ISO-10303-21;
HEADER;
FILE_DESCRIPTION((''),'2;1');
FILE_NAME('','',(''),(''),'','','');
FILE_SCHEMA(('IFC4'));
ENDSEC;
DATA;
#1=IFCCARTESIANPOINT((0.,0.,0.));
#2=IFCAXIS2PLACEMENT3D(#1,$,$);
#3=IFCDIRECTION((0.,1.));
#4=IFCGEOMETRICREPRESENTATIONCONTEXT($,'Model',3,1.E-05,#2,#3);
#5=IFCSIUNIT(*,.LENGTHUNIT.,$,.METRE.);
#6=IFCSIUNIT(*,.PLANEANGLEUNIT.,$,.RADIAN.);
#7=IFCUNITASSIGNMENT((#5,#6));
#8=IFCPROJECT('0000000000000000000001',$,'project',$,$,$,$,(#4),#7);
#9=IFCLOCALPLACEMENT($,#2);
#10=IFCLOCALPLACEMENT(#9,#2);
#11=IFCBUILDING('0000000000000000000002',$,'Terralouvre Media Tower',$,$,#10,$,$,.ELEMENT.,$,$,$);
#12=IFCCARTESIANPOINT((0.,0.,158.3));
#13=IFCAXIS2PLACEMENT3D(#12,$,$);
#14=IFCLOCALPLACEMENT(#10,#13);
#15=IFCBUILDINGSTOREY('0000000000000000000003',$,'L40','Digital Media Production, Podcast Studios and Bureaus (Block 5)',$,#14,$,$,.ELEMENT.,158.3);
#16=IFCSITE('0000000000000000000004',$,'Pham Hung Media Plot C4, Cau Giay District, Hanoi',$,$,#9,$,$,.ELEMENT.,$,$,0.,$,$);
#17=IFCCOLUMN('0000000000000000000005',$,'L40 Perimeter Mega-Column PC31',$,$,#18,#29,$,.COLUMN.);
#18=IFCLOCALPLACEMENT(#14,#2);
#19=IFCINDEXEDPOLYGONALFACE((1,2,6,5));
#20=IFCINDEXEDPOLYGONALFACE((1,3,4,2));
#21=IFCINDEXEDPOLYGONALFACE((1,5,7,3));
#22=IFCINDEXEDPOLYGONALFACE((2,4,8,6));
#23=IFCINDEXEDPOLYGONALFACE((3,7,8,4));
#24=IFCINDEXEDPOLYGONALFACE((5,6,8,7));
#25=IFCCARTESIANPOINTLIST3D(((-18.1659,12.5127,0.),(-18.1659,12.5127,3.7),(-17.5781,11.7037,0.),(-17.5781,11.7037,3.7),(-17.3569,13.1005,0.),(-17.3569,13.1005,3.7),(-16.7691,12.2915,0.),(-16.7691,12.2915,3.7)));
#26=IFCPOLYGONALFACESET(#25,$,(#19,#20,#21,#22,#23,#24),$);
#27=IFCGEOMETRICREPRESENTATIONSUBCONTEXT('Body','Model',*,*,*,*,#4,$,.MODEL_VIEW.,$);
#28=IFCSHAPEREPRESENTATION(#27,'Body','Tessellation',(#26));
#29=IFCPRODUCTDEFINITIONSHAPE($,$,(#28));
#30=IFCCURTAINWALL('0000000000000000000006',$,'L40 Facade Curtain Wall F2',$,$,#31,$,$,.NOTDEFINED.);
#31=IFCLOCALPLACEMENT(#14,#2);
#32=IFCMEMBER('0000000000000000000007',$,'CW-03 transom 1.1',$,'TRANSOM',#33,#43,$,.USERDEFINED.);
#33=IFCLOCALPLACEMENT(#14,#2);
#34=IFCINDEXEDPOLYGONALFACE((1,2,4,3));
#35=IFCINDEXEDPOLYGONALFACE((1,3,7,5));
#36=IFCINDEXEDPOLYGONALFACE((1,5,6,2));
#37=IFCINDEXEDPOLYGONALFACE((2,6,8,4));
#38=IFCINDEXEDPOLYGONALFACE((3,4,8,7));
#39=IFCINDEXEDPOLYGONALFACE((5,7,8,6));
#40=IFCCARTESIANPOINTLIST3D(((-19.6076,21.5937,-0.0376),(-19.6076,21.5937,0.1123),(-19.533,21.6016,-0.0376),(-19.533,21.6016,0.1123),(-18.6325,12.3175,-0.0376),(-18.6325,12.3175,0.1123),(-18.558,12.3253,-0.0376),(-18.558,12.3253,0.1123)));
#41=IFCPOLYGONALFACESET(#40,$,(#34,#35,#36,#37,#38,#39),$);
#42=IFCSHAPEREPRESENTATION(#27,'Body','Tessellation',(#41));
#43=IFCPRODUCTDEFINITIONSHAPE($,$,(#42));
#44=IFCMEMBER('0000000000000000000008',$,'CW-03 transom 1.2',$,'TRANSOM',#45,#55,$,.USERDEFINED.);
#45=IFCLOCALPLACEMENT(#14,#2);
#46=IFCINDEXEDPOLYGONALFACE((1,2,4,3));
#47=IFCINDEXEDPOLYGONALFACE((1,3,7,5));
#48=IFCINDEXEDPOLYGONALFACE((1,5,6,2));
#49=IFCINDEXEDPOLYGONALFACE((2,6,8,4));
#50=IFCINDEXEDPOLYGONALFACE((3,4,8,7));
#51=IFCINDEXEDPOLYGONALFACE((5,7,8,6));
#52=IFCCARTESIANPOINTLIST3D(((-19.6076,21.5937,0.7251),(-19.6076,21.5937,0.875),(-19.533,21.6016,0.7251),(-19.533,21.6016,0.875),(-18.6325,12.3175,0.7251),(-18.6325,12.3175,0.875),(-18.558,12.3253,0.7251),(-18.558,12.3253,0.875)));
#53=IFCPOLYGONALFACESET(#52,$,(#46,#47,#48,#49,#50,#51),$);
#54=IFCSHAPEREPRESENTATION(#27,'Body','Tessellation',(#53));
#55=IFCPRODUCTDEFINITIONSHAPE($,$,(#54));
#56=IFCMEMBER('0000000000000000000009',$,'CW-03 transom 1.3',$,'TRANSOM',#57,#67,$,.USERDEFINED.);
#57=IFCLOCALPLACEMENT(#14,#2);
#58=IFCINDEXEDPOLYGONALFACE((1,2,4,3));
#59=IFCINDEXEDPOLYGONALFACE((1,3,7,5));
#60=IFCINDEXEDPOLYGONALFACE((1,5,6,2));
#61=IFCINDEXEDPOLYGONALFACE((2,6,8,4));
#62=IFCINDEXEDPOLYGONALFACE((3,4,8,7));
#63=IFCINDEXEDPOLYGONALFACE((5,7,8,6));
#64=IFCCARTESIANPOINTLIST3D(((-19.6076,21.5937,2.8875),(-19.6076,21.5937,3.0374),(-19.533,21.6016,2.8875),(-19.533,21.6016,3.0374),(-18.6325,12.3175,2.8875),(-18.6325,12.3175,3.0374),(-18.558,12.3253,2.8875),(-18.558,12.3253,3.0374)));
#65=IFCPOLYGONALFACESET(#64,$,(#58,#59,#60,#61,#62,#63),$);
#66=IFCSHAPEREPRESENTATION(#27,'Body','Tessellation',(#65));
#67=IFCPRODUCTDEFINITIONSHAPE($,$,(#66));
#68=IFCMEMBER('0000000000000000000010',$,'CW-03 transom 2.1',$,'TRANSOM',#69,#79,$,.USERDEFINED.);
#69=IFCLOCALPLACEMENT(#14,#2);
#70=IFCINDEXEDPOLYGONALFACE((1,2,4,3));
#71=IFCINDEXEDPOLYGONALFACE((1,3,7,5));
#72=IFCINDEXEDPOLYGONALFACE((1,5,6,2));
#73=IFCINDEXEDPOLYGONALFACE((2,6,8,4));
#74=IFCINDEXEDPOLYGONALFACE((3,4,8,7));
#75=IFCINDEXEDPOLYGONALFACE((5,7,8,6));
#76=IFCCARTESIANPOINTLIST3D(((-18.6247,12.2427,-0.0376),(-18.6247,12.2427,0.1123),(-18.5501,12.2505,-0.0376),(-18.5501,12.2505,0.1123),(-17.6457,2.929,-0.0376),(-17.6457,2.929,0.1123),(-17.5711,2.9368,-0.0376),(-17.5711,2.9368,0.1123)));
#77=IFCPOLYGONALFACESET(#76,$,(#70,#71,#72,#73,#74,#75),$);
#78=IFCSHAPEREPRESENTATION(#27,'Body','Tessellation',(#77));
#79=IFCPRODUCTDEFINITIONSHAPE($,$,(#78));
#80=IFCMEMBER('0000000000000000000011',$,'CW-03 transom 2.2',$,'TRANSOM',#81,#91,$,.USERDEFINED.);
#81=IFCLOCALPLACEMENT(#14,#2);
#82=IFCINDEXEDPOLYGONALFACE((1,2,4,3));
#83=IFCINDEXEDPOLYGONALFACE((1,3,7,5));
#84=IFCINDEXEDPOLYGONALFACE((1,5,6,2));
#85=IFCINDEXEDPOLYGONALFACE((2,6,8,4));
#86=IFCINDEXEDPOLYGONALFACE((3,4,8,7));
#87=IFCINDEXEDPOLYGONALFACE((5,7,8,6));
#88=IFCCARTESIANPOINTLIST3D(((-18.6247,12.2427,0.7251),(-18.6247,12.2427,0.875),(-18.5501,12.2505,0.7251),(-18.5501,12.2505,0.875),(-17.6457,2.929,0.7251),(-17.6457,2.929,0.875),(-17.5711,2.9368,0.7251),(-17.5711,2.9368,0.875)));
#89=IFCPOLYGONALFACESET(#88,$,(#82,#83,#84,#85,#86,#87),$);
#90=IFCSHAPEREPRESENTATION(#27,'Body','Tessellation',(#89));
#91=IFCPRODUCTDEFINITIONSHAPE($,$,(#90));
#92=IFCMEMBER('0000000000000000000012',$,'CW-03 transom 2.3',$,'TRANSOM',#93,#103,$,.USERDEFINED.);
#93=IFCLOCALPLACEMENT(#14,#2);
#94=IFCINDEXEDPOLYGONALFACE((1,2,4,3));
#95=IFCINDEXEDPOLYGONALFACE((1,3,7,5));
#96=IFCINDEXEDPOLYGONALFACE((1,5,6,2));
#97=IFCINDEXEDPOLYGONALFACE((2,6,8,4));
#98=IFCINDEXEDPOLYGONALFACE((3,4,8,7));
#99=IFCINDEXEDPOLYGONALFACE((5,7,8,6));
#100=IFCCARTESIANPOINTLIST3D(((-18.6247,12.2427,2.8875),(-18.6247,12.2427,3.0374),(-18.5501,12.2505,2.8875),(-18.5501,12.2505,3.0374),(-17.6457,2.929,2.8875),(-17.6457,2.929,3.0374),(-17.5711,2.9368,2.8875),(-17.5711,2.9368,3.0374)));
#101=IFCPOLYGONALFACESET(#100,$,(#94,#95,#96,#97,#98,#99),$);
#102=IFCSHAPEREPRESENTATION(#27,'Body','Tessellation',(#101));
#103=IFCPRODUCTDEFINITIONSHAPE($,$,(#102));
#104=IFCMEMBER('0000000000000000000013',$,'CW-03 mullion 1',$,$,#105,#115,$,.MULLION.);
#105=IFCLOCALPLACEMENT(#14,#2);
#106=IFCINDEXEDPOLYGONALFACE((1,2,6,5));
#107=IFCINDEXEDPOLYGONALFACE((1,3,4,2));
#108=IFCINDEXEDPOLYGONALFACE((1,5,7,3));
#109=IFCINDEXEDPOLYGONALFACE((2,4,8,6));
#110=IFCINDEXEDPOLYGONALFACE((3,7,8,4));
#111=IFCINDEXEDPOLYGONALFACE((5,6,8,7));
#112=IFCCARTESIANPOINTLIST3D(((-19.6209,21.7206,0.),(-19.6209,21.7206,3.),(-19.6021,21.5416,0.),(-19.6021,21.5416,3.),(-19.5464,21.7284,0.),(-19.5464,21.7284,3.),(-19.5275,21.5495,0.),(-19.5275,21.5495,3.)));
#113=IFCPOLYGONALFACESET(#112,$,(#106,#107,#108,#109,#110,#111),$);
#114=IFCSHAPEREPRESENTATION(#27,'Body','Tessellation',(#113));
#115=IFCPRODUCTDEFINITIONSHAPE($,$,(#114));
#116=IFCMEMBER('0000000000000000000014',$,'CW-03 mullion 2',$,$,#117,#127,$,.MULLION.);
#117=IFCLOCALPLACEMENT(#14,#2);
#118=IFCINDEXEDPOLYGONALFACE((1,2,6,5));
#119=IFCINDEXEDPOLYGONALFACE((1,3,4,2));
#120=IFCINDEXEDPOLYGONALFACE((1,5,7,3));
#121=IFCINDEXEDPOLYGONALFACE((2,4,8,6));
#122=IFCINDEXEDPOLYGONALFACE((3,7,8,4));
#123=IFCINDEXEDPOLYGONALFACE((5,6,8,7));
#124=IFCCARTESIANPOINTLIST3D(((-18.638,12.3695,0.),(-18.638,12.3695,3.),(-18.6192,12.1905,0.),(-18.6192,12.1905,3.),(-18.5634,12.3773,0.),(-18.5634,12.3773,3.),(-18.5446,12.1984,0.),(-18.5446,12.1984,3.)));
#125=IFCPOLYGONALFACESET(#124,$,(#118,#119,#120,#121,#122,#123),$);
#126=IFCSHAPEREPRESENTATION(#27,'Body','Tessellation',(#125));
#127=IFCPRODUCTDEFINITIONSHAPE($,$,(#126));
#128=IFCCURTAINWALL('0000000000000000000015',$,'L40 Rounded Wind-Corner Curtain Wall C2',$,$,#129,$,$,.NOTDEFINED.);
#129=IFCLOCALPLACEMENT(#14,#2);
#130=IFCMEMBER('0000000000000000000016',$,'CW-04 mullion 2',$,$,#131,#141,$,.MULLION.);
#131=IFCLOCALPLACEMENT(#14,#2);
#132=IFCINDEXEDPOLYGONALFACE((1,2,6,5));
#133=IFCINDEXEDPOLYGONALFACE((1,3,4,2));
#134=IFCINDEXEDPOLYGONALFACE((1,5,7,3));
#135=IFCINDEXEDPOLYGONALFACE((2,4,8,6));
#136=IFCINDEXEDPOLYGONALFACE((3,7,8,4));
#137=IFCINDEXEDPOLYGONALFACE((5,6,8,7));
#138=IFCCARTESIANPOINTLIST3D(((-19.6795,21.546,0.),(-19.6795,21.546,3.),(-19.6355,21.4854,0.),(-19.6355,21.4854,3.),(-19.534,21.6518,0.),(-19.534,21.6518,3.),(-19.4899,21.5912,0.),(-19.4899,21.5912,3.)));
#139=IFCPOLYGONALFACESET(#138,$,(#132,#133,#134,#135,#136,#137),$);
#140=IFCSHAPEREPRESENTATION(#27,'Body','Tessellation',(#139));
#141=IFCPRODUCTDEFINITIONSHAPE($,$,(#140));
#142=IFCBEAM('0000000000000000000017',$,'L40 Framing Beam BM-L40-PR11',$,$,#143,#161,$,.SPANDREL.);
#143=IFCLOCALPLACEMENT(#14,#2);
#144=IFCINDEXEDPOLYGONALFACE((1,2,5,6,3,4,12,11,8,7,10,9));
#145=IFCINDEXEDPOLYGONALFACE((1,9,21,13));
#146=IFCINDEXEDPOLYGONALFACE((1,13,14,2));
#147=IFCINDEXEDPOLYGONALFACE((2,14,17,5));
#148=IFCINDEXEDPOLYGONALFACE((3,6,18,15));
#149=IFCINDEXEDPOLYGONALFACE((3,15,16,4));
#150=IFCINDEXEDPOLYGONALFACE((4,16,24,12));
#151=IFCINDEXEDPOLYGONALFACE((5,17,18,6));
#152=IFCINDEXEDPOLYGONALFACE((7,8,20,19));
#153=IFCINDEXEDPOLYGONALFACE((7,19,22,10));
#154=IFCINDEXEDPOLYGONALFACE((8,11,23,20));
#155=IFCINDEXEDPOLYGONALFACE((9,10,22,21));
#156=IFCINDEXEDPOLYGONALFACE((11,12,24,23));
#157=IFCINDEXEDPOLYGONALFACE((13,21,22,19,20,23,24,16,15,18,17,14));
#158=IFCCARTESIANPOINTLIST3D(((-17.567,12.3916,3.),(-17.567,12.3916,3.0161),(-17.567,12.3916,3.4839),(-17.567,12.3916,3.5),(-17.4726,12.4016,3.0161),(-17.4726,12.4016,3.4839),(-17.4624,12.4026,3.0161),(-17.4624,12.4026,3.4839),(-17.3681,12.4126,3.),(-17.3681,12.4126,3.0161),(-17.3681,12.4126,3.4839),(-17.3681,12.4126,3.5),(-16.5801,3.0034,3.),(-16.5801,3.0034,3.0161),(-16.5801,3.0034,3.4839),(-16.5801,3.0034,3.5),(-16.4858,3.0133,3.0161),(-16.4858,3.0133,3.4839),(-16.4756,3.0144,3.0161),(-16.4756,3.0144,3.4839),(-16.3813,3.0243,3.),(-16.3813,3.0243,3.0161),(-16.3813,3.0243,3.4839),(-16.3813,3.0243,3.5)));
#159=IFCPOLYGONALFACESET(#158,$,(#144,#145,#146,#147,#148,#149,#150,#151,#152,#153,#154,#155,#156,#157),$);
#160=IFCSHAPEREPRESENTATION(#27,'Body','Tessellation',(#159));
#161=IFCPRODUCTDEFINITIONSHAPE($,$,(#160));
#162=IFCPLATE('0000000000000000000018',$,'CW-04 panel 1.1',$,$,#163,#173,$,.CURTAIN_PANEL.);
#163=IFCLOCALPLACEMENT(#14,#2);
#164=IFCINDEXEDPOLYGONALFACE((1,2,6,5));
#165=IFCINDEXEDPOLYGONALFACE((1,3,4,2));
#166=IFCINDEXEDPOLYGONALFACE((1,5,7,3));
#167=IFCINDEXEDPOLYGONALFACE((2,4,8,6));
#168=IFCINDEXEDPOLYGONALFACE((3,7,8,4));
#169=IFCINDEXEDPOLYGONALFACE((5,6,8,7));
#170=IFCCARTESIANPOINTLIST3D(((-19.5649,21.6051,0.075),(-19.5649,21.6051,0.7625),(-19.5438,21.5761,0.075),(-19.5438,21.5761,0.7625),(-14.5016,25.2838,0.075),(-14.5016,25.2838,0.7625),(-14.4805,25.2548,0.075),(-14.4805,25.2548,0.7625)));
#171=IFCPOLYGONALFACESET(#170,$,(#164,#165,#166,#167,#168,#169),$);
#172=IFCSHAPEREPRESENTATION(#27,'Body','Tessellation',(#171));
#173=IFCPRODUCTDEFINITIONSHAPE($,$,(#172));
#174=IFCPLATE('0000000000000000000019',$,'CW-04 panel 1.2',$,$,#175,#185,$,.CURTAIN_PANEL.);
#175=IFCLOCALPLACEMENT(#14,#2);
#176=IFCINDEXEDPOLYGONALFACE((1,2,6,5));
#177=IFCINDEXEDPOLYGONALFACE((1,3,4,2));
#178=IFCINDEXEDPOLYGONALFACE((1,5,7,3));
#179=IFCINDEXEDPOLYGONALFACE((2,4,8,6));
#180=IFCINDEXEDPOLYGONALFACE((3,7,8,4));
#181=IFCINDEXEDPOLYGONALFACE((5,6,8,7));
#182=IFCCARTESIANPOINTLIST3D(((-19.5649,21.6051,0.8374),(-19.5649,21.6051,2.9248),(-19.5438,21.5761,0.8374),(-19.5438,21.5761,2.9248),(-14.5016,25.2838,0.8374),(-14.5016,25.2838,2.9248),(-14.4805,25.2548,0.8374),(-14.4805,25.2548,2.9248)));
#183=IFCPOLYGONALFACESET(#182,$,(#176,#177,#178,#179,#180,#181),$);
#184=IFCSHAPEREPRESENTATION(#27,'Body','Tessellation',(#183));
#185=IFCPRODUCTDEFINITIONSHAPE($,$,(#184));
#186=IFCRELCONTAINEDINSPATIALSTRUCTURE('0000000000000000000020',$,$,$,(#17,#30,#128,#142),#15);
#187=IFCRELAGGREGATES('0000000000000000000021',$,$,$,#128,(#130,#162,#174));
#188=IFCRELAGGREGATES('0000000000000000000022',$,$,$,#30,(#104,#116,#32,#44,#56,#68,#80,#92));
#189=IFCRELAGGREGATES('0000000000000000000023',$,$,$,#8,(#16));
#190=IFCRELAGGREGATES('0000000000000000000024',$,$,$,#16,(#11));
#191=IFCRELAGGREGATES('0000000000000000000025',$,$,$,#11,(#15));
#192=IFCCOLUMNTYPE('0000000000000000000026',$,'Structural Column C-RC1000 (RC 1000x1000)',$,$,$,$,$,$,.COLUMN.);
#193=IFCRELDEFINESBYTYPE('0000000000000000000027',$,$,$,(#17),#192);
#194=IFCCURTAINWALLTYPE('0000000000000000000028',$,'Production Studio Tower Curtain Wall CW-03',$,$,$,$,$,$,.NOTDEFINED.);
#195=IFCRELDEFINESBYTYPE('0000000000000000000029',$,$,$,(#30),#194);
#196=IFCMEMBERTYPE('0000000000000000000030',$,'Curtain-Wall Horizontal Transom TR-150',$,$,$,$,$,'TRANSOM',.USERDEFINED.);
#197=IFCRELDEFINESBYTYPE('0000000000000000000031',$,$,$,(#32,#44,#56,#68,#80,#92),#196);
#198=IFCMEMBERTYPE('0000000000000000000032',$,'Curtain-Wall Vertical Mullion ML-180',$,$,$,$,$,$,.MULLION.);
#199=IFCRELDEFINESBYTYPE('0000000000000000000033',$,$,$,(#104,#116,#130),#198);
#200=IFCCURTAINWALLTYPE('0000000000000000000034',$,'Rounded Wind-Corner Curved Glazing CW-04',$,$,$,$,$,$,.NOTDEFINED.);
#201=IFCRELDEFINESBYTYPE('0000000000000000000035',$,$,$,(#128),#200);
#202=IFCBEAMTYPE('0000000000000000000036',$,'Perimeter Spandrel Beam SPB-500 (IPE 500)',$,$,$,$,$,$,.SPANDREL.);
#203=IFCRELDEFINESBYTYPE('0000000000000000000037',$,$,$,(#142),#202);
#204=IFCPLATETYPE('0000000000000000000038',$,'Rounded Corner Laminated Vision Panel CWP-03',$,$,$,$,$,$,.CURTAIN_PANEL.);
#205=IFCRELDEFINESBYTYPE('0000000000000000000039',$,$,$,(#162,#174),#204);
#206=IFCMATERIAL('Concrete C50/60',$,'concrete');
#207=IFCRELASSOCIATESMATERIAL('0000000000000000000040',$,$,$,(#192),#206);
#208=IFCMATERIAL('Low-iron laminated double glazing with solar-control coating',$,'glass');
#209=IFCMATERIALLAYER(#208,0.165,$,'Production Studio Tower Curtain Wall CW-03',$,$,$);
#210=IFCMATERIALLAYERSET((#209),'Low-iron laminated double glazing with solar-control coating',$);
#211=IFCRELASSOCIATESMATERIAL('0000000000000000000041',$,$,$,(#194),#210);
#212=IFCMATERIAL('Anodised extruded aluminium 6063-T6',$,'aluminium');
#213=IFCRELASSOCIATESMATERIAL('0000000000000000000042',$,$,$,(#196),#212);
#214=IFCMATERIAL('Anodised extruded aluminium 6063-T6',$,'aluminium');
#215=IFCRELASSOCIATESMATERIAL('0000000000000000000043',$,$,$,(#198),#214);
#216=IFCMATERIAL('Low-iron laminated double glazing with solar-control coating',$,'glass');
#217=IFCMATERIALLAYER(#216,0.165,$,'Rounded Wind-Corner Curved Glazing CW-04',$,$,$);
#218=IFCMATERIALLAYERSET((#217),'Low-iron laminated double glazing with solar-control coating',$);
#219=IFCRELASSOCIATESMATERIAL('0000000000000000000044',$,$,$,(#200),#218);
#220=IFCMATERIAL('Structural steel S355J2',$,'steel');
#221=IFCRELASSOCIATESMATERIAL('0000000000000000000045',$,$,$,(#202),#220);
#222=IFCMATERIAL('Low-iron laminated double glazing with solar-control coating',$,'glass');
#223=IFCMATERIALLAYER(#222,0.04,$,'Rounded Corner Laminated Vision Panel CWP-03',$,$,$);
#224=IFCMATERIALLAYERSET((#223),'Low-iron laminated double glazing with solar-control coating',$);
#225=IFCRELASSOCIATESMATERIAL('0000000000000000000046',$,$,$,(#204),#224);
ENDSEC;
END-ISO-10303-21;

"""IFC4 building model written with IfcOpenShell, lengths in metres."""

from ifc_helpers import new_model, si_unit, direction, frame, origin, origin_2d, place, context, subcontext, project, spatial, rectangle, i_section, extrude, material, layer, layer_set, material_profile, profile_set, type_object, element, aggregate, save


model = new_model("IFC4")

# Units and contexts
model_context = context("Model", 3, precision=1e-05, world=origin(), true_north=direction((0.0, 1.0)))
body_context = subcontext(model_context, "Body", "Model", "MODEL_VIEW")
ifc_project = project(units=[si_unit("LENGTHUNIT", "METRE"), si_unit("PLANEANGLEUNIT", "RADIAN")], contexts=[model_context])

# Site, building, storey
site_placement = place(None, origin())
site = spatial("IfcSite", under=ifc_project, at=site_placement, Name="Pham Hung Media Plot C4, Cau Giay District, Hanoi", CompositionType="ELEMENT", RefElevation=0.0)
building_placement = place(site_placement, origin())
building = spatial("IfcBuilding", under=site, at=building_placement, Name="Terralouvre Media Tower", CompositionType="ELEMENT")
storey_placement = place(building_placement, frame((0.0, 0.0, 158.3)))
storey = spatial("IfcBuildingStorey", under=building, at=storey_placement, Name="L40", Description="Digital Media Production, Podcast Studios and Bureaus (Block 5)", CompositionType="ELEMENT", Elevation=158.3)

# Column
ifc_material_1 = material(Name="Concrete C50/60", Category="concrete")
ifc_material_profile_1 = material_profile(ifc_material_1, rectangle(XDim=1.0, YDim=1.0, at=origin_2d()), Name="RC 1000x1000")
ifc_profile_set_1 = profile_set([ifc_material_profile_1], Name="Concrete C50/60")
column_type = type_object("IfcColumnType", Name="Structural Column C-RC1000 (RC 1000x1000)", PredefinedType="COLUMN", material=ifc_profile_set_1)
column_placement = place(storey_placement, frame((-17.4675, 12.4021, 0.0), z_axis=(0.0, 0.0, 1.0), x_axis=(0.809017, 0.587785, 0.0)))
element("IfcColumn", 1, at=column_placement, inside=storey, type_object=column_type, Name="L40 Perimeter Mega-Column PC31", PredefinedType="COLUMN", context=body_context, shape_type="SweptSolid", body=[
    extrude(rectangle(XDim=1.0, YDim=1.0, at=origin_2d()), origin(), (0.0, 0.0, 1.0), 3.7),
])

# Curtain wall, members
ifc_material_2 = material(Name="Low-iron laminated double glazing with solar-control coating", Category="glass")
ifc_layer_1 = layer(ifc_material_2, 0.165, Name="Production Studio Tower Curtain Wall CW-03")
ifc_layer_set_1 = layer_set([ifc_layer_1], Name="Low-iron laminated double glazing with solar-control coating")
curtain_wall_type_1 = type_object("IfcCurtainWallType", Name="Production Studio Tower Curtain Wall CW-03", PredefinedType="NOTDEFINED", material=ifc_layer_set_1)
curtain_wall_1_placement = place(storey_placement, origin())
curtain_wall_1 = element("IfcCurtainWall", 2, at=curtain_wall_1_placement, inside=storey, type_object=curtain_wall_type_1, Name="L40 Facade Curtain Wall F2", PredefinedType="NOTDEFINED")
ifc_material_3 = material(Name="Anodised extruded aluminium 6063-T6", Category="aluminium")
ifc_material_profile_2 = material_profile(ifc_material_3, rectangle(XDim=0.075, YDim=0.1499, at=origin_2d()), Name="ALU 75x150")
ifc_profile_set_2 = profile_set([ifc_material_profile_2], Name="Anodised extruded aluminium 6063-T6")
member_type_1 = type_object("IfcMemberType", Name="Curtain-Wall Horizontal Transom TR-150", ElementType="TRANSOM", PredefinedType="USERDEFINED", material=ifc_profile_set_2)
member_1_placement = place(storey_placement, frame((-19.5703, 21.5977, 0.0374), z_axis=(0.10454, -0.994521, 0.0), x_axis=(0.994521, 0.10454, 0.0)))
member_1 = element("IfcMember", 3, at=member_1_placement, type_object=member_type_1, Name="CW-03 transom 1.1", ObjectType="TRANSOM", PredefinedType="USERDEFINED", context=body_context, shape_type="SweptSolid", body=[
    extrude(rectangle(XDim=0.075, YDim=0.1499, at=origin_2d()), origin(), (0.0, 0.0, 1.0), 9.3274),
])
member_2_placement = place(storey_placement, frame((-19.5703, 21.5977, 0.8), z_axis=(0.10454, -0.994521, 0.0), x_axis=(0.994521, 0.10454, 0.0)))
member_2 = element("IfcMember", 4, at=member_2_placement, type_object=member_type_1, Name="CW-03 transom 1.2", ObjectType="TRANSOM", PredefinedType="USERDEFINED", context=body_context, shape_type="SweptSolid", body=[
    extrude(rectangle(XDim=0.075, YDim=0.1499, at=origin_2d()), origin(), (0.0, 0.0, 1.0), 9.3274),
])
member_3_placement = place(storey_placement, frame((-19.5703, 21.5977, 2.9624), z_axis=(0.10454, -0.994521, 0.0), x_axis=(0.994521, 0.10454, 0.0)))
member_3 = element("IfcMember", 5, at=member_3_placement, type_object=member_type_1, Name="CW-03 transom 1.3", ObjectType="TRANSOM", PredefinedType="USERDEFINED", context=body_context, shape_type="SweptSolid", body=[
    extrude(rectangle(XDim=0.075, YDim=0.1499, at=origin_2d()), origin(), (0.0, 0.0, 1.0), 9.3274),
])
member_4_placement = place(storey_placement, frame((-18.5874, 12.2466, 0.0374), z_axis=(0.104538, -0.994521, 0.0), x_axis=(0.994521, 0.104538, 0.0)))
member_4 = element("IfcMember", 6, at=member_4_placement, type_object=member_type_1, Name="CW-03 transom 2.1", ObjectType="TRANSOM", PredefinedType="USERDEFINED", context=body_context, shape_type="SweptSolid", body=[
    extrude(rectangle(XDim=0.075, YDim=0.1499, at=origin_2d()), origin(), (0.0, 0.0, 1.0), 9.365),
])
member_5_placement = place(storey_placement, frame((-18.5874, 12.2466, 0.8), z_axis=(0.104538, -0.994521, 0.0), x_axis=(0.994521, 0.104538, 0.0)))
member_5 = element("IfcMember", 7, at=member_5_placement, type_object=member_type_1, Name="CW-03 transom 2.2", ObjectType="TRANSOM", PredefinedType="USERDEFINED", context=body_context, shape_type="SweptSolid", body=[
    extrude(rectangle(XDim=0.075, YDim=0.1499, at=origin_2d()), origin(), (0.0, 0.0, 1.0), 9.365),
])
member_6_placement = place(storey_placement, frame((-18.5874, 12.2466, 2.9624), z_axis=(0.104538, -0.994521, 0.0), x_axis=(0.994521, 0.104538, 0.0)))
member_6 = element("IfcMember", 8, at=member_6_placement, type_object=member_type_1, Name="CW-03 transom 2.3", ObjectType="TRANSOM", PredefinedType="USERDEFINED", context=body_context, shape_type="SweptSolid", body=[
    extrude(rectangle(XDim=0.075, YDim=0.1499, at=origin_2d()), origin(), (0.0, 0.0, 1.0), 9.365),
])
ifc_material_4 = material(Name="Anodised extruded aluminium 6063-T6", Category="aluminium")
ifc_material_profile_3 = material_profile(ifc_material_4, rectangle(XDim=0.075, YDim=0.1799, at=origin_2d()), Name="ALU 75x180")
ifc_profile_set_3 = profile_set([ifc_material_profile_3], Name="Anodised extruded aluminium 6063-T6")
member_type_2 = type_object("IfcMemberType", Name="Curtain-Wall Vertical Mullion ML-180", PredefinedType="MULLION", material=ifc_profile_set_3)
member_7_placement = place(storey_placement, frame((-19.5742, 21.635, 0.0), z_axis=(0.0, 0.0, 1.0), x_axis=(0.994522, 0.104528, 0.0)))
member_7 = element("IfcMember", 9, at=member_7_placement, type_object=member_type_2, Name="CW-03 mullion 1", PredefinedType="MULLION", context=body_context, shape_type="SweptSolid", body=[
    extrude(rectangle(XDim=0.075, YDim=0.1799, at=origin_2d()), origin(), (0.0, 0.0, 1.0), 3.0),
])
member_8_placement = place(storey_placement, frame((-18.5913, 12.2839, 0.0), z_axis=(0.0, 0.0, 1.0), x_axis=(0.994522, 0.104528, 0.0)))
member_8 = element("IfcMember", 10, at=member_8_placement, type_object=member_type_2, Name="CW-03 mullion 2", PredefinedType="MULLION", context=body_context, shape_type="SweptSolid", body=[
    extrude(rectangle(XDim=0.075, YDim=0.1799, at=origin_2d()), origin(), (0.0, 0.0, 1.0), 3.0),
])

# Curtain wall, member
ifc_material_5 = material(Name="Low-iron laminated double glazing with solar-control coating", Category="glass")
ifc_layer_2 = layer(ifc_material_5, 0.165, Name="Rounded Wind-Corner Curved Glazing CW-04")
ifc_layer_set_2 = layer_set([ifc_layer_2], Name="Low-iron laminated double glazing with solar-control coating")
curtain_wall_type_2 = type_object("IfcCurtainWallType", Name="Rounded Wind-Corner Curved Glazing CW-04", PredefinedType="NOTDEFINED", material=ifc_layer_set_2)
curtain_wall_2_placement = place(storey_placement, origin())
curtain_wall_2 = element("IfcCurtainWall", 11, at=curtain_wall_2_placement, inside=storey, type_object=curtain_wall_type_2, Name="L40 Rounded Wind-Corner Curtain Wall C2", PredefinedType="NOTDEFINED")
member_9_placement = place(storey_placement, frame((-19.5847, 21.5686, 0.0), z_axis=(0.0, 0.0, 1.0), x_axis=(0.587785, -0.809017, 0.0)))
member_9 = element("IfcMember", 12, at=member_9_placement, type_object=member_type_2, Name="CW-04 mullion 2", PredefinedType="MULLION", context=body_context, shape_type="SweptSolid", body=[
    extrude(rectangle(XDim=0.075, YDim=0.1799, at=origin_2d()), origin(), (0.0, 0.0, 1.0), 3.0),
])

# Beam
ifc_material_6 = material(Name="Structural steel S355J2", Category="steel")
ifc_material_profile_4 = material_profile(ifc_material_6, i_section(OverallWidth=0.2, OverallDepth=0.5, WebThickness=0.0103, FlangeThickness=0.0161, at=origin_2d()), Name="IPE 500")
ifc_profile_set_4 = profile_set([ifc_material_profile_4], Name="Structural steel S355J2")
beam_type = type_object("IfcBeamType", Name="Perimeter Spandrel Beam SPB-500 (IPE 500)", PredefinedType="SPANDREL", material=ifc_profile_set_4)
beam_placement = place(storey_placement, frame((-17.4675, 12.4021, 3.25), z_axis=(0.104537, -0.994521, 0.0), x_axis=(0.994521, 0.104537, 0.0)))
element("IfcBeam", 13, at=beam_placement, inside=storey, type_object=beam_type, Name="L40 Framing Beam BM-L40-PR11", PredefinedType="SPANDREL", context=body_context, shape_type="SweptSolid", body=[
    extrude(i_section(OverallWidth=0.2, OverallDepth=0.5, WebThickness=0.0103, FlangeThickness=0.0161, at=origin_2d()), origin(), (0.0, 0.0, 1.0), 9.4399),
])

# Plates
ifc_material_7 = material(Name="Low-iron laminated double glazing with solar-control coating", Category="glass")
ifc_layer_3 = layer(ifc_material_7, 0.04, Name="Rounded Corner Laminated Vision Panel CWP-03")
ifc_layer_set_3 = layer_set([ifc_layer_3], Name="Low-iron laminated double glazing with solar-control coating")
plate_type_1 = type_object("IfcPlateType", Name="Rounded Corner Laminated Vision Panel CWP-03", PredefinedType="CURTAIN_PANEL", material=ifc_layer_set_3)
plate_1_placement = place(storey_placement, frame((-17.0227, 23.4299, 0.075), z_axis=(0.0, 0.0, 1.0), x_axis=(-0.809017, -0.587785, 0.0)))
plate_1 = element("IfcPlate", 14, at=plate_1_placement, type_object=plate_type_1, Name="CW-04 panel 1.1", PredefinedType="CURTAIN_PANEL", context=body_context, shape_type="SweptSolid", body=[
    extrude(rectangle(XDim=6.2585, YDim=0.0359, at=origin_2d()), origin(), (0.0, 0.0, 1.0), 0.6875),
])
plate_2_placement = place(storey_placement, frame((-17.0227, 23.4299, 0.8374), z_axis=(0.0, 0.0, 1.0), x_axis=(-0.809017, -0.587785, 0.0)))
plate_2 = element("IfcPlate", 15, at=plate_2_placement, type_object=plate_type_1, Name="CW-04 panel 1.2", PredefinedType="CURTAIN_PANEL", context=body_context, shape_type="SweptSolid", body=[
    extrude(rectangle(XDim=6.2585, YDim=0.0359, at=origin_2d()), origin(), (0.0, 0.0, 1.0), 2.0874),
])
aggregate(curtain_wall_2, [member_9, plate_1, plate_2])
aggregate(curtain_wall_1, [member_7, member_8, member_1, member_2, member_3, member_4, member_5, member_6])

save(model, "model.ifc")
